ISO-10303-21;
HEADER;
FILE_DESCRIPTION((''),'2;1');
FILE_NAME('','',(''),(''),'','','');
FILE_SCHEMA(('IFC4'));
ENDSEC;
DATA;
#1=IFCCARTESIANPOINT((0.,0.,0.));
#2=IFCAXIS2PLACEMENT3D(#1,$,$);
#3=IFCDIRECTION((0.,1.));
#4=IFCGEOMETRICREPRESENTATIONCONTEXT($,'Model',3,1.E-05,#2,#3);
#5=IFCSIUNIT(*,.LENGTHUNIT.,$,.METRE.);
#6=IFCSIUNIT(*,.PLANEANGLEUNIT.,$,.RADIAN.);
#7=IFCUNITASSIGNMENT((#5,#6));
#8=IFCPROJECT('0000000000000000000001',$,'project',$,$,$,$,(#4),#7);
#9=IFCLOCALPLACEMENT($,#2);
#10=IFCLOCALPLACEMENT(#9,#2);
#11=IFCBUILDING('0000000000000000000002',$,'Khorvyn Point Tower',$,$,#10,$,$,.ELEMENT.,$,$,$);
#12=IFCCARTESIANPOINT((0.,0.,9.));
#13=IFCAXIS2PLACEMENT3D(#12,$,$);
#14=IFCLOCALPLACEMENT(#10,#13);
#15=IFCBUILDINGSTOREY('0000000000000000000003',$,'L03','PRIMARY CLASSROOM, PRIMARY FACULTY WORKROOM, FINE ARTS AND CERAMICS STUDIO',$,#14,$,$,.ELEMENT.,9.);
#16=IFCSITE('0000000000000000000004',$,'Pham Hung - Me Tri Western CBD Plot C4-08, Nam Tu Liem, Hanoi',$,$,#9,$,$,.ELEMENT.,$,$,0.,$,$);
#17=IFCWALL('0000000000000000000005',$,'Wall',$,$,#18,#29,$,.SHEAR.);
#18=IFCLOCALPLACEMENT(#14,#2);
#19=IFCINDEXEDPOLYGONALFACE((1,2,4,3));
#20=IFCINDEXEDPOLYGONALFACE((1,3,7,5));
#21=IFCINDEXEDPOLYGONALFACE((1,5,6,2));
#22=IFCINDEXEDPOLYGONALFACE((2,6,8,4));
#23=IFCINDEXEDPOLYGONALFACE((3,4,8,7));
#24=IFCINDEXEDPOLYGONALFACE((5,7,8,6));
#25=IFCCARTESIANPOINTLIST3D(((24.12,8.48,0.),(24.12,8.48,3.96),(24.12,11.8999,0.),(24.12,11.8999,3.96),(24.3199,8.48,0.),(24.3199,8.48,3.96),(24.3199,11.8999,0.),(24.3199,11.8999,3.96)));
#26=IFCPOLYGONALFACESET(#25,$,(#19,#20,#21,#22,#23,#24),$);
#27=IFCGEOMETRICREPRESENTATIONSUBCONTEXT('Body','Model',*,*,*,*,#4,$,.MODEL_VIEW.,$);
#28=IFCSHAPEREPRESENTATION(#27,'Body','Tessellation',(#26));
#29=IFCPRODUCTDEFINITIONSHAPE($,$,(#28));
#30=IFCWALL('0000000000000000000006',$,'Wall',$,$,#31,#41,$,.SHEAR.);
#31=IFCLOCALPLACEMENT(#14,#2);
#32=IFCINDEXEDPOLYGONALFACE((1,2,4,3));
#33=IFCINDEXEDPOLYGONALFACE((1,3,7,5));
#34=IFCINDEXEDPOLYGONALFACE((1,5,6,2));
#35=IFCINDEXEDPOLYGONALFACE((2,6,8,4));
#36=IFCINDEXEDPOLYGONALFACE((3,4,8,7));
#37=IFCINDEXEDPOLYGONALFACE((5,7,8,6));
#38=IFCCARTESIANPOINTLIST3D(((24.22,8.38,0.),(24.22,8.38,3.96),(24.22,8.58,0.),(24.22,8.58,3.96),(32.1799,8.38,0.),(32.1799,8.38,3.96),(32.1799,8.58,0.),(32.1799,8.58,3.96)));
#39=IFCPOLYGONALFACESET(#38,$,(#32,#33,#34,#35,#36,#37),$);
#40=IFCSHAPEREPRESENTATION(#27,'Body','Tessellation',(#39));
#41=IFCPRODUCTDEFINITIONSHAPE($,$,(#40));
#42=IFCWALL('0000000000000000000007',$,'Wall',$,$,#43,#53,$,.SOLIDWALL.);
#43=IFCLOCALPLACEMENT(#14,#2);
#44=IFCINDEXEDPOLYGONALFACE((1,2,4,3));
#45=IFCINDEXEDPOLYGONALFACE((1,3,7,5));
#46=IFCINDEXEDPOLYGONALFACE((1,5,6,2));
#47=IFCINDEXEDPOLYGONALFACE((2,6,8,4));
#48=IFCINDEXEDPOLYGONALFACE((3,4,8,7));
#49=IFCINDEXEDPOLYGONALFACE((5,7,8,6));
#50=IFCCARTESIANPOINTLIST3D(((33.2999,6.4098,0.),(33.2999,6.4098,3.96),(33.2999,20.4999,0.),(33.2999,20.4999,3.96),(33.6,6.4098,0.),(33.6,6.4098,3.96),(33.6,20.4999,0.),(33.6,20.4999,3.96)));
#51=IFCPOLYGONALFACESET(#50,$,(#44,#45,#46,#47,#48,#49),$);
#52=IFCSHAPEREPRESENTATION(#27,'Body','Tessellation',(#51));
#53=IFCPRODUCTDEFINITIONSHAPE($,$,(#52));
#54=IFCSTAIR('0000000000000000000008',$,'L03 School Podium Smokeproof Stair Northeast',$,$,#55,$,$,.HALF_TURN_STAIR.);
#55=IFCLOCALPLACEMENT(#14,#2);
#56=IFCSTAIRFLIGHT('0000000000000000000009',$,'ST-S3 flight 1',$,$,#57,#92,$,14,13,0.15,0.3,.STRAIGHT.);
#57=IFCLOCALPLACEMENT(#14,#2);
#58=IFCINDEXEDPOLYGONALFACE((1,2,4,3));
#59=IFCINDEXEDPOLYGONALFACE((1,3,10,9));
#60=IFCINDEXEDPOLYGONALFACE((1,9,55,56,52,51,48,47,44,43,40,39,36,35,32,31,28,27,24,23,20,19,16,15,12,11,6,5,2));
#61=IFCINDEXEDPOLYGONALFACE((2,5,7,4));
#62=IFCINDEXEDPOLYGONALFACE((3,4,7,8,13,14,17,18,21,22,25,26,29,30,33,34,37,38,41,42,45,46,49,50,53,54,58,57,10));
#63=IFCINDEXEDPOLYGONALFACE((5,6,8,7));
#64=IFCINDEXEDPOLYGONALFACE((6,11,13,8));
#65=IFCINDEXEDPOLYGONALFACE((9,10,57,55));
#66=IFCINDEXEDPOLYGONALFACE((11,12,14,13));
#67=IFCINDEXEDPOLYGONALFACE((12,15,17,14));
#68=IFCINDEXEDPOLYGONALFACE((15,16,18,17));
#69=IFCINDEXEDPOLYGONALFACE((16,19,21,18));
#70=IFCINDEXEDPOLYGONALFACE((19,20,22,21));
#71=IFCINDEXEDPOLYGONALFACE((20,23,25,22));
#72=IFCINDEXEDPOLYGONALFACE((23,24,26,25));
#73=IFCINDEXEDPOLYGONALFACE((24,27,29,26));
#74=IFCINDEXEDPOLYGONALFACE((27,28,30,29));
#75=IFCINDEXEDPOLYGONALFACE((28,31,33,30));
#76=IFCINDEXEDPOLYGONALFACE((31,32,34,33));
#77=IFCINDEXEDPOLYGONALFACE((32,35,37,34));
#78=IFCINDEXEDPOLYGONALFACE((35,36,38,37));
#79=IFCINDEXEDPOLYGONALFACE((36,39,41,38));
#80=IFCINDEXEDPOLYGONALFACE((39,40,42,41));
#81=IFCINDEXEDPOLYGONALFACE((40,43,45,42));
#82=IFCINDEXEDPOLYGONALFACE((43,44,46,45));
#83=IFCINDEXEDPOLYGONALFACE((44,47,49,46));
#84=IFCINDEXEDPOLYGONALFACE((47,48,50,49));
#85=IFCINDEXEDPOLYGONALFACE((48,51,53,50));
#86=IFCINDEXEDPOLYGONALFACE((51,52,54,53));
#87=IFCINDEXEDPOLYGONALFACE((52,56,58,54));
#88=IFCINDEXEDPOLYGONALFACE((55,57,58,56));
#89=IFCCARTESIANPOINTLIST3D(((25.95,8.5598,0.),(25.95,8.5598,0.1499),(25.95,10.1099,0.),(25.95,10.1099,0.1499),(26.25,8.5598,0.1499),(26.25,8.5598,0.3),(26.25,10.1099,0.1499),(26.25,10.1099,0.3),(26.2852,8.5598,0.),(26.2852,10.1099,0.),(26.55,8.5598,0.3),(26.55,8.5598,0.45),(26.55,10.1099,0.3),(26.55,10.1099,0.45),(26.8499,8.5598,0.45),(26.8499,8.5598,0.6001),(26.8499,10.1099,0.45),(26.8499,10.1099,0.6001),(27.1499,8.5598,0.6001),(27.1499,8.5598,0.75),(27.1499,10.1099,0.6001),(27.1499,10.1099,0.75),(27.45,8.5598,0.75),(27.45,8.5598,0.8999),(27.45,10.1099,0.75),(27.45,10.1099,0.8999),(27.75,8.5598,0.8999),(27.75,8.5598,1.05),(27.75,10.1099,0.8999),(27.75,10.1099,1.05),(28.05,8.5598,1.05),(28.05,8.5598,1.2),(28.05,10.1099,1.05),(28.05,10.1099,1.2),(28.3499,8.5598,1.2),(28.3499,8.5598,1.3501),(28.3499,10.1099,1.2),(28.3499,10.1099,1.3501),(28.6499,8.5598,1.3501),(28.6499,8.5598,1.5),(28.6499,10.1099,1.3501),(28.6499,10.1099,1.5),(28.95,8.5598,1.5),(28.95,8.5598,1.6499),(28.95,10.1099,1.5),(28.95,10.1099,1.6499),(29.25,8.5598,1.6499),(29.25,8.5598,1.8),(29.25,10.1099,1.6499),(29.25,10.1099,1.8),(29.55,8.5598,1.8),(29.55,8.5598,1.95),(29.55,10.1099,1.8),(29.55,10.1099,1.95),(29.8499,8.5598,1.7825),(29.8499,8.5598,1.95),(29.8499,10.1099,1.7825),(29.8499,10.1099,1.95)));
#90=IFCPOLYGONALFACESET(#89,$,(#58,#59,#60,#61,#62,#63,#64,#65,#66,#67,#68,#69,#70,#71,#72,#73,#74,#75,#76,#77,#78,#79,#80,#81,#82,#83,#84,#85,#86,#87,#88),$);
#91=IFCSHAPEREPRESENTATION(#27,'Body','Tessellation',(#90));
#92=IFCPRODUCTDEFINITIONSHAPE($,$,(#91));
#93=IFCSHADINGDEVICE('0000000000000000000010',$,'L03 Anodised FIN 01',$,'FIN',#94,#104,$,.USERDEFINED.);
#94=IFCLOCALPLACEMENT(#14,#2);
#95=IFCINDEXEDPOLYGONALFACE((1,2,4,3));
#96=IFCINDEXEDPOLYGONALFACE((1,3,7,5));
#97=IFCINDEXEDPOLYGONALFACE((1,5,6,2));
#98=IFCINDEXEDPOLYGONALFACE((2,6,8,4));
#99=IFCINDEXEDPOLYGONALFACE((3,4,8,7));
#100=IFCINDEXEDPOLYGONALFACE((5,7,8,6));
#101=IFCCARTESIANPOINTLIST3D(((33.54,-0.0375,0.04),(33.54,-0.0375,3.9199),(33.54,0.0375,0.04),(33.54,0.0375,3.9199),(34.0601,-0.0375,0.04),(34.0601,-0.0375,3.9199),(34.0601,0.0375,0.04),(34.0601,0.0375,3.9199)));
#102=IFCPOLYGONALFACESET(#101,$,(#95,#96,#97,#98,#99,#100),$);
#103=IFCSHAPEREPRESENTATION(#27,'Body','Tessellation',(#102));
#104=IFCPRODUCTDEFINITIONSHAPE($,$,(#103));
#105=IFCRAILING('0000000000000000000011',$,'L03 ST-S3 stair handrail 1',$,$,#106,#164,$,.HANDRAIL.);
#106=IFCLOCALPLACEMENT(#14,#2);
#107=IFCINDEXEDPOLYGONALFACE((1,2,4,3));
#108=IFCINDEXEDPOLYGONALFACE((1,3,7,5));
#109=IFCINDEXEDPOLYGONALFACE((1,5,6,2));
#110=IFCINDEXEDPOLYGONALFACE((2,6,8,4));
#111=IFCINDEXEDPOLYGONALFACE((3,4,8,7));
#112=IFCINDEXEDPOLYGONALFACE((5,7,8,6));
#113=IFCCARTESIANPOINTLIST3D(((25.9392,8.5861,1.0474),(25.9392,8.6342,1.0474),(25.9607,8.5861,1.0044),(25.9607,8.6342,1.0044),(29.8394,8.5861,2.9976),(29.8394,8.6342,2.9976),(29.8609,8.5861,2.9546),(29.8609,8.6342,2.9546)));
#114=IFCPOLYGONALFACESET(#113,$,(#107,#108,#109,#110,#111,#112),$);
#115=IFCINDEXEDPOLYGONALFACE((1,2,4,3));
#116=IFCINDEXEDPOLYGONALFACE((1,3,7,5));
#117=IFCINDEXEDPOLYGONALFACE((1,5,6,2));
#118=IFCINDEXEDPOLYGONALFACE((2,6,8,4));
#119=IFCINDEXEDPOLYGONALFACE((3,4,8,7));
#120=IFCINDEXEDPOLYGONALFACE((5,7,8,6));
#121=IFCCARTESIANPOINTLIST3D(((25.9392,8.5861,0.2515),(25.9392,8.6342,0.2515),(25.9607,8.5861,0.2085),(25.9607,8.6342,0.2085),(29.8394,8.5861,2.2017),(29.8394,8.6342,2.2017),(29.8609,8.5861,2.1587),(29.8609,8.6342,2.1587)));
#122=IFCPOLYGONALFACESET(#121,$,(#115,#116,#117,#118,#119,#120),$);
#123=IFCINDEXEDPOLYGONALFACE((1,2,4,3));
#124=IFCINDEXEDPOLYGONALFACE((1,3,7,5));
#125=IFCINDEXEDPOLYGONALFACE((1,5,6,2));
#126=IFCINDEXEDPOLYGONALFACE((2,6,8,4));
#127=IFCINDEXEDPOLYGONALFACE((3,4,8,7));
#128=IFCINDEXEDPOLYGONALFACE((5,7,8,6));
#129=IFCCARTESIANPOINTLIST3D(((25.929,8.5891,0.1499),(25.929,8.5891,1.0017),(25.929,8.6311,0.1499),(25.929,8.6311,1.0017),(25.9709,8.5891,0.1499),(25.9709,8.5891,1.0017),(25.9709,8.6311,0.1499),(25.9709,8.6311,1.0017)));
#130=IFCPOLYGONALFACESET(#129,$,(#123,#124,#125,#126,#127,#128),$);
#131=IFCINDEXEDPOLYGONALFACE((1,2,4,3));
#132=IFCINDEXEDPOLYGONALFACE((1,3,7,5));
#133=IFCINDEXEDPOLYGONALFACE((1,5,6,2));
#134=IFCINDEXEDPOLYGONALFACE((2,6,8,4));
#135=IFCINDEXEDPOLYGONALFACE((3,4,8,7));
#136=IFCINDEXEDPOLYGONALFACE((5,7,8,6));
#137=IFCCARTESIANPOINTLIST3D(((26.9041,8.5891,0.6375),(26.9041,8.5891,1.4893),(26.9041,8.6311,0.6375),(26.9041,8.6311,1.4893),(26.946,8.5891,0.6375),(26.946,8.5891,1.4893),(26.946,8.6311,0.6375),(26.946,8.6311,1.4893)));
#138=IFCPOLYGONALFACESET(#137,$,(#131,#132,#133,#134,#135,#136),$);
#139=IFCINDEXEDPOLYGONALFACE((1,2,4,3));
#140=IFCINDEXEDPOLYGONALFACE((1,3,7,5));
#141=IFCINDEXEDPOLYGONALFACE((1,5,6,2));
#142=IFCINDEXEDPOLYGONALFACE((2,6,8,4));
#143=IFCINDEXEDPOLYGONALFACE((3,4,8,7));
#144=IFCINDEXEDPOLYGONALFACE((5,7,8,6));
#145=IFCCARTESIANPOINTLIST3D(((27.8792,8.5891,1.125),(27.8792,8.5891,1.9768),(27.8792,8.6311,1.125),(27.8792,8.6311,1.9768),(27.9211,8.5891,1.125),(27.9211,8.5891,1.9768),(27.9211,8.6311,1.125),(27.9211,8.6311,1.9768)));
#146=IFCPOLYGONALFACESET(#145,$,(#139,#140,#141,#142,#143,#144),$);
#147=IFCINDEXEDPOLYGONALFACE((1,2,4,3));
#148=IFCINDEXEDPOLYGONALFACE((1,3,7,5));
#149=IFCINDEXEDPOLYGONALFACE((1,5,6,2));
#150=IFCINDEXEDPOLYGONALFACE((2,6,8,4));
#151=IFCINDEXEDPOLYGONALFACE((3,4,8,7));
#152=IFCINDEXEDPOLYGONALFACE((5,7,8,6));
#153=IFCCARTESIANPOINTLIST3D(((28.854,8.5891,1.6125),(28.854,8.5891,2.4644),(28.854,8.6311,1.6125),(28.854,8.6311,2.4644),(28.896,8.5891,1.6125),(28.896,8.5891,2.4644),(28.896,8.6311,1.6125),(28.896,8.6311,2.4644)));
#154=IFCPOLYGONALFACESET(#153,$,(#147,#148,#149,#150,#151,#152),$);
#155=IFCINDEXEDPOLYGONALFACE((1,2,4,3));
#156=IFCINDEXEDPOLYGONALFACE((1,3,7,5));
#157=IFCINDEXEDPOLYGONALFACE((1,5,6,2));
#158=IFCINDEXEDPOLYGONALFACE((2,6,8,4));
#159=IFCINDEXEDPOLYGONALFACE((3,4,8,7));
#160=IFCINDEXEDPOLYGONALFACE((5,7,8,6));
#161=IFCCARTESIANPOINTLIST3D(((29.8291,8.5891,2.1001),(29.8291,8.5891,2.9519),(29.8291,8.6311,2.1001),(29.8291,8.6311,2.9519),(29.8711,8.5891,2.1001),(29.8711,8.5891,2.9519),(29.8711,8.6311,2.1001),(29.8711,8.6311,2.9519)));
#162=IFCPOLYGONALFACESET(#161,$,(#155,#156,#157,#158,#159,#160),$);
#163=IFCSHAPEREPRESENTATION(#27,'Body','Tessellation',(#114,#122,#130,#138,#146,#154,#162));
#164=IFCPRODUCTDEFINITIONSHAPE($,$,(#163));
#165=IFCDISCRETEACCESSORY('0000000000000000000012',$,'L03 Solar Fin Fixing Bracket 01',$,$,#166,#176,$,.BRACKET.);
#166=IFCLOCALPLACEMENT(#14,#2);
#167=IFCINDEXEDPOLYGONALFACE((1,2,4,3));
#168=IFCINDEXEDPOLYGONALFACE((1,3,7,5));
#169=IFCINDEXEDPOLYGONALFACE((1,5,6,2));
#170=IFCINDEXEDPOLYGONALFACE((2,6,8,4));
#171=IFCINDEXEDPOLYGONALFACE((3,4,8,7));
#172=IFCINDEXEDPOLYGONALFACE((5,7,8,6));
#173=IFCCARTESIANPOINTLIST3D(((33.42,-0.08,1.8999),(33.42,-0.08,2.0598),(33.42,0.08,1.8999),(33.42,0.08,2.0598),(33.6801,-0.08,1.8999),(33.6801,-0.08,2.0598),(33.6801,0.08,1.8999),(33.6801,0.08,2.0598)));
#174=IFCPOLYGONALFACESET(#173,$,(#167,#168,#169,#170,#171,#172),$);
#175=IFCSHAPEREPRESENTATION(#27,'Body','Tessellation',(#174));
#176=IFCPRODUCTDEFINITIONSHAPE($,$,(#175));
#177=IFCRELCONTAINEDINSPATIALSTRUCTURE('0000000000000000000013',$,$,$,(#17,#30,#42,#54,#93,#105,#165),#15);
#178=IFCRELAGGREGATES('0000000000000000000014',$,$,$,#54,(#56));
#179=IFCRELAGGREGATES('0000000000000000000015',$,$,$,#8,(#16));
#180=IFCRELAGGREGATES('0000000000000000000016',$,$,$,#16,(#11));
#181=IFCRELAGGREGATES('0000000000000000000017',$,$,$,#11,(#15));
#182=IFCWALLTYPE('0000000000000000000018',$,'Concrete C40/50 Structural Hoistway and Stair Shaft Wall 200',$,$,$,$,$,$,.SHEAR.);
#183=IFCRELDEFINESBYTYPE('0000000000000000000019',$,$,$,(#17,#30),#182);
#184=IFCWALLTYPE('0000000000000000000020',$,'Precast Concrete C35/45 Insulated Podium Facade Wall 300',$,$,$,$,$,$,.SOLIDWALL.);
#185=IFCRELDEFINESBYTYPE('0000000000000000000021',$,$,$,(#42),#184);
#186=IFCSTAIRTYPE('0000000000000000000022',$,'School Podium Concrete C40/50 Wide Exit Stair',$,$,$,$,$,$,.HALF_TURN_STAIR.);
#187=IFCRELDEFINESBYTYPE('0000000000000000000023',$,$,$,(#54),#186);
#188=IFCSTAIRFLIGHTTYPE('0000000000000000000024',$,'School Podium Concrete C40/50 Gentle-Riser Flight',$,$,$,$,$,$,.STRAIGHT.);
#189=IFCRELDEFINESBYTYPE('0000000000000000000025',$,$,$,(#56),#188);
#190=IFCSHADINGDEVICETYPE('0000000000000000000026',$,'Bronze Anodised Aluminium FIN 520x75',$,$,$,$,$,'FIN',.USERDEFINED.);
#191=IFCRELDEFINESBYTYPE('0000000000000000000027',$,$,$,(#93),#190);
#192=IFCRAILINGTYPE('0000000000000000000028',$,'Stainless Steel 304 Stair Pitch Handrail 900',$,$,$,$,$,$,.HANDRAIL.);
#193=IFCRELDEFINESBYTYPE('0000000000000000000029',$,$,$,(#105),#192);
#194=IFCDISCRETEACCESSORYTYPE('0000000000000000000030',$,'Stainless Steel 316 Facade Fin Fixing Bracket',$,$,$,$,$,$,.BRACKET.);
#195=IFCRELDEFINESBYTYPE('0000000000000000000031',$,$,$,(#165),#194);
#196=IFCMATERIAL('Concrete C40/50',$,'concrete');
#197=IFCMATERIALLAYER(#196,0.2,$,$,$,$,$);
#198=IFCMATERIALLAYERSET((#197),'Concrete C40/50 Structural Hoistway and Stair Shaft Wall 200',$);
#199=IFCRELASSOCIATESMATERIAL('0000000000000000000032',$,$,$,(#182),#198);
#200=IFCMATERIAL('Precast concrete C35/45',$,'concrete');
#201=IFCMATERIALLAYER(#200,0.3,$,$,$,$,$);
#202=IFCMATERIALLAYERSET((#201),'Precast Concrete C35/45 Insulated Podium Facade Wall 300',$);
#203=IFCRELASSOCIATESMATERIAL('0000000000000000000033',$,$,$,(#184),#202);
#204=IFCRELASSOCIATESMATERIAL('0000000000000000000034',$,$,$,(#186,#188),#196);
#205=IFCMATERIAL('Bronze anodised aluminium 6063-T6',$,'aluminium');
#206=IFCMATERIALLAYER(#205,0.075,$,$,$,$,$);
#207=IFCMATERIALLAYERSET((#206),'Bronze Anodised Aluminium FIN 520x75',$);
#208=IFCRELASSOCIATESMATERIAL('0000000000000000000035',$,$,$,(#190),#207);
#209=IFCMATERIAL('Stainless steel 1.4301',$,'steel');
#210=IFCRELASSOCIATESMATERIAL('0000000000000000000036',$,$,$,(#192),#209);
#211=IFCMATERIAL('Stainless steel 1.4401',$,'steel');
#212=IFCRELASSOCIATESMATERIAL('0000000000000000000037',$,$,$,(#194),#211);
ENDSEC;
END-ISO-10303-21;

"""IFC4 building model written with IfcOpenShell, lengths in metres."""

from ifc_helpers import new_model, si_unit, direction, frame, frame_2d, origin, origin_2d, place, context, subcontext, project, spatial, polyline, rectangle, outline, extrude, material, layer, layer_set, type_object, element, aggregate, save


model = new_model("IFC4")

# Units and contexts
model_context = context("Model", 3, precision=1e-05, world=origin(), true_north=direction((0.0, 1.0)))
body_context = subcontext(model_context, "Body", "Model", "MODEL_VIEW")
ifc_project = project(units=[si_unit("LENGTHUNIT", "METRE"), si_unit("PLANEANGLEUNIT", "RADIAN")], contexts=[model_context])

# Site, building, storey
site_placement = place(None, origin())
site = spatial("IfcSite", under=ifc_project, at=site_placement, Name="Pham Hung - Me Tri Western CBD Plot C4-08, Nam Tu Liem, Hanoi", CompositionType="ELEMENT", RefElevation=0.0)
building_placement = place(site_placement, origin())
building = spatial("IfcBuilding", under=site, at=building_placement, Name="Khorvyn Point Tower", CompositionType="ELEMENT")
storey_placement = place(building_placement, frame((0.0, 0.0, 9.0)))
storey = spatial("IfcBuildingStorey", under=building, at=storey_placement, Name="L03", Description="PRIMARY CLASSROOM, PRIMARY FACULTY WORKROOM, FINE ARTS AND CERAMICS STUDIO", CompositionType="ELEMENT", Elevation=9.0)

# Shared definitions
ifc_material_1 = material(Name="Concrete C40/50", Category="concrete")

# Walls
ifc_layer_1 = layer(ifc_material_1, 0.2)
ifc_layer_set_1 = layer_set([ifc_layer_1], Name="Concrete C40/50 Structural Hoistway and Stair Shaft Wall 200")
wall_type_1 = type_object("IfcWallType", Name="Concrete C40/50 Structural Hoistway and Stair Shaft Wall 200", PredefinedType="SHEAR", material=ifc_layer_set_1)
wall_1_placement = place(storey_placement, frame((24.22, 8.48, 0.0), z_axis=(0.0, 0.0, 1.0), x_axis=(0.0, 1.0, 0.0)))
element("IfcWall", 1, at=wall_1_placement, inside=storey, type_object=wall_type_1, Name="Wall", PredefinedType="SHEAR", context=body_context, shape_type="SweptSolid", body=[
    extrude(rectangle(XDim=3.4199, YDim=0.2, at=frame_2d((1.71, 0.0))), origin(), (0.0, 0.0, 1.0), 3.96),
])
wall_2_placement = place(storey_placement, frame((32.1799, 8.48, 0.0), z_axis=(0.0, 0.0, 1.0), x_axis=(-1.0, 0.0, 0.0)))
element("IfcWall", 2, at=wall_2_placement, inside=storey, type_object=wall_type_1, Name="Wall", PredefinedType="SHEAR", context=body_context, shape_type="SweptSolid", body=[
    extrude(rectangle(XDim=7.96, YDim=0.2, at=frame_2d((3.98, 0.0))), origin(), (0.0, 0.0, 1.0), 3.96),
])
ifc_material_2 = material(Name="Precast concrete C35/45", Category="concrete")
ifc_layer_2 = layer(ifc_material_2, 0.3)
ifc_layer_set_2 = layer_set([ifc_layer_2], Name="Precast Concrete C35/45 Insulated Podium Facade Wall 300")
wall_type_2 = type_object("IfcWallType", Name="Precast Concrete C35/45 Insulated Podium Facade Wall 300", PredefinedType="SOLIDWALL", material=ifc_layer_set_2)
wall_3_placement = place(storey_placement, frame((33.45, 6.4099, 0.0), z_axis=(0.0, 0.0, 1.0), x_axis=(0.0, 1.0, 0.0)))
element("IfcWall", 3, at=wall_3_placement, inside=storey, type_object=wall_type_2, Name="Wall", PredefinedType="SOLIDWALL", context=body_context, shape_type="SweptSolid", body=[
    extrude(rectangle(XDim=14.0901, YDim=0.3, at=frame_2d((7.0449, 0.0))), origin(), (0.0, 0.0, 1.0), 3.96),
])

# Stair, stair flight
stair_type = type_object("IfcStairType", Name="School Podium Concrete C40/50 Wide Exit Stair", PredefinedType="HALF_TURN_STAIR", material=ifc_material_1)
stair_placement = place(storey_placement, origin())
stair = element("IfcStair", 4, at=stair_placement, inside=storey, type_object=stair_type, Name="L03 School Podium Smokeproof Stair Northeast", PredefinedType="HALF_TURN_STAIR")
stair_flight_type = type_object("IfcStairFlightType", Name="School Podium Concrete C40/50 Gentle-Riser Flight", PredefinedType="STRAIGHT", material=ifc_material_1)
stair_flight_placement = place(storey_placement, frame((25.95, 9.335, 0.0), z_axis=(0.0, 0.0, 1.0), x_axis=(1.0, 0.0, 0.0)))
stair_flight = element("IfcStairFlight", 5, at=stair_flight_placement, type_object=stair_flight_type, Name="ST-S3 flight 1", NumberOfRisers=14, NumberOfTreads=13, PredefinedType="STRAIGHT", RiserHeight=0.15, TreadLength=0.3, context=body_context, shape_type="SweptSolid", body=[
    extrude(outline(polyline([(0.0, 0.0), (0.0, 0.1499), (0.3, 0.1499), (0.3, 0.3), (0.6001, 0.3), (0.6001, 0.45), (0.8999, 0.45), (0.8999, 0.6001), (1.2, 0.6001), (1.2, 0.75), (1.5, 0.75), (1.5, 0.8999), (1.8, 0.8999), (1.8, 1.05), (2.1001, 1.05), (2.1001, 1.2), (2.3999, 1.2), (2.3999, 1.3501), (2.7, 1.3501), (2.7, 1.5), (3.0, 1.5), (3.0, 1.6499), (3.3, 1.6499), (3.3, 1.8), (3.6001, 1.8), (3.6001, 1.95), (3.8999, 1.95), (3.8999, 2.1001), (3.8999, 1.7825), (0.3352, 0.0), (0.0, 0.0)])), frame((0.0, 0.7749, 0.0), z_axis=(0.0, -1.0, 0.0), x_axis=(1.0, 0.0, 0.0)), (0.0, 0.0, 1.0), 1.55),
])
aggregate(stair, [stair_flight])

# Shading device
ifc_material_3 = material(Name="Bronze anodised aluminium 6063-T6", Category="aluminium")
ifc_layer_3 = layer(ifc_material_3, 0.075)
ifc_layer_set_3 = layer_set([ifc_layer_3], Name="Bronze Anodised Aluminium FIN 520x75")
shading_device_type = type_object("IfcShadingDeviceType", Name="Bronze Anodised Aluminium FIN 520x75", ElementType="FIN", PredefinedType="USERDEFINED", material=ifc_layer_set_3)
shading_device_placement = place(storey_placement, frame((33.8, 0.0, 0.04), z_axis=(0.0, 0.0, 1.0), x_axis=(1.0, 0.0, 0.0)))
element("IfcShadingDevice", 6, at=shading_device_placement, inside=storey, type_object=shading_device_type, Name="L03 Anodised FIN 01", ObjectType="FIN", PredefinedType="USERDEFINED", context=body_context, shape_type="SweptSolid", body=[
    extrude(rectangle(XDim=0.52, YDim=0.075, at=origin_2d()), origin(), (0.0, 0.0, 1.0), 3.8799),
])

# Railing
ifc_material_4 = material(Name="Stainless steel 1.4301", Category="steel")
railing_type = type_object("IfcRailingType", Name="Stainless Steel 304 Stair Pitch Handrail 900", PredefinedType="HANDRAIL", material=ifc_material_4)
railing_placement = place(storey_placement, frame((25.95, 8.6101, 0.1499)))
element("IfcRailing", 7, at=railing_placement, inside=storey, type_object=railing_type, Name="L03 ST-S3 stair handrail 1", PredefinedType="HANDRAIL", context=body_context, shape_type="SweptSolid", body=[
    extrude(rectangle(XDim=0.0481, YDim=0.0481, at=origin_2d()), frame((0.0, 0.0, 0.876), z_axis=(0.894416, 0.0, 0.447236), x_axis=(0.0, 1.0, 0.0)), (0.0, 0.0, 1.0), 4.3606),
    extrude(rectangle(XDim=0.0481, YDim=0.0481, at=origin_2d()), frame((0.0, 0.0, 0.0801), z_axis=(0.894416, 0.0, 0.447236), x_axis=(0.0, 1.0, 0.0)), (0.0, 0.0, 1.0), 4.3606),
    extrude(rectangle(XDim=0.042, YDim=0.042, at=origin_2d()), origin(), (0.0, 0.0, 1.0), 0.8518),
    extrude(rectangle(XDim=0.042, YDim=0.042, at=origin_2d()), frame((0.9751, 0.0, 0.4875)), (0.0, 0.0, 1.0), 0.8518),
    extrude(rectangle(XDim=0.042, YDim=0.042, at=origin_2d()), frame((1.9502, 0.0, 0.9751)), (0.0, 0.0, 1.0), 0.8518),
    extrude(rectangle(XDim=0.042, YDim=0.042, at=origin_2d()), frame((2.925, 0.0, 1.4626)), (0.0, 0.0, 1.0), 0.8518),
    extrude(rectangle(XDim=0.042, YDim=0.042, at=origin_2d()), frame((3.9001, 0.0, 1.9502)), (0.0, 0.0, 1.0), 0.8518),
])

# Discrete accessory
ifc_material_5 = material(Name="Stainless steel 1.4401", Category="steel")
discrete_accessory_type = type_object("IfcDiscreteAccessoryType", Name="Stainless Steel 316 Facade Fin Fixing Bracket", PredefinedType="BRACKET", material=ifc_material_5)
discrete_accessory_placement = place(storey_placement, frame((33.55, 0.0, 1.8999), z_axis=(0.0, 0.0, 1.0), x_axis=(0.0, 1.0, 0.0)))
element("IfcDiscreteAccessory", 8, at=discrete_accessory_placement, inside=storey, type_object=discrete_accessory_type, Name="L03 Solar Fin Fixing Bracket 01", PredefinedType="BRACKET", context=body_context, shape_type="SweptSolid", body=[
    extrude(rectangle(XDim=0.1599, YDim=0.26, at=origin_2d()), origin(), (0.0, 0.0, 1.0), 0.1599),
])

save(model, "model.ifc")
